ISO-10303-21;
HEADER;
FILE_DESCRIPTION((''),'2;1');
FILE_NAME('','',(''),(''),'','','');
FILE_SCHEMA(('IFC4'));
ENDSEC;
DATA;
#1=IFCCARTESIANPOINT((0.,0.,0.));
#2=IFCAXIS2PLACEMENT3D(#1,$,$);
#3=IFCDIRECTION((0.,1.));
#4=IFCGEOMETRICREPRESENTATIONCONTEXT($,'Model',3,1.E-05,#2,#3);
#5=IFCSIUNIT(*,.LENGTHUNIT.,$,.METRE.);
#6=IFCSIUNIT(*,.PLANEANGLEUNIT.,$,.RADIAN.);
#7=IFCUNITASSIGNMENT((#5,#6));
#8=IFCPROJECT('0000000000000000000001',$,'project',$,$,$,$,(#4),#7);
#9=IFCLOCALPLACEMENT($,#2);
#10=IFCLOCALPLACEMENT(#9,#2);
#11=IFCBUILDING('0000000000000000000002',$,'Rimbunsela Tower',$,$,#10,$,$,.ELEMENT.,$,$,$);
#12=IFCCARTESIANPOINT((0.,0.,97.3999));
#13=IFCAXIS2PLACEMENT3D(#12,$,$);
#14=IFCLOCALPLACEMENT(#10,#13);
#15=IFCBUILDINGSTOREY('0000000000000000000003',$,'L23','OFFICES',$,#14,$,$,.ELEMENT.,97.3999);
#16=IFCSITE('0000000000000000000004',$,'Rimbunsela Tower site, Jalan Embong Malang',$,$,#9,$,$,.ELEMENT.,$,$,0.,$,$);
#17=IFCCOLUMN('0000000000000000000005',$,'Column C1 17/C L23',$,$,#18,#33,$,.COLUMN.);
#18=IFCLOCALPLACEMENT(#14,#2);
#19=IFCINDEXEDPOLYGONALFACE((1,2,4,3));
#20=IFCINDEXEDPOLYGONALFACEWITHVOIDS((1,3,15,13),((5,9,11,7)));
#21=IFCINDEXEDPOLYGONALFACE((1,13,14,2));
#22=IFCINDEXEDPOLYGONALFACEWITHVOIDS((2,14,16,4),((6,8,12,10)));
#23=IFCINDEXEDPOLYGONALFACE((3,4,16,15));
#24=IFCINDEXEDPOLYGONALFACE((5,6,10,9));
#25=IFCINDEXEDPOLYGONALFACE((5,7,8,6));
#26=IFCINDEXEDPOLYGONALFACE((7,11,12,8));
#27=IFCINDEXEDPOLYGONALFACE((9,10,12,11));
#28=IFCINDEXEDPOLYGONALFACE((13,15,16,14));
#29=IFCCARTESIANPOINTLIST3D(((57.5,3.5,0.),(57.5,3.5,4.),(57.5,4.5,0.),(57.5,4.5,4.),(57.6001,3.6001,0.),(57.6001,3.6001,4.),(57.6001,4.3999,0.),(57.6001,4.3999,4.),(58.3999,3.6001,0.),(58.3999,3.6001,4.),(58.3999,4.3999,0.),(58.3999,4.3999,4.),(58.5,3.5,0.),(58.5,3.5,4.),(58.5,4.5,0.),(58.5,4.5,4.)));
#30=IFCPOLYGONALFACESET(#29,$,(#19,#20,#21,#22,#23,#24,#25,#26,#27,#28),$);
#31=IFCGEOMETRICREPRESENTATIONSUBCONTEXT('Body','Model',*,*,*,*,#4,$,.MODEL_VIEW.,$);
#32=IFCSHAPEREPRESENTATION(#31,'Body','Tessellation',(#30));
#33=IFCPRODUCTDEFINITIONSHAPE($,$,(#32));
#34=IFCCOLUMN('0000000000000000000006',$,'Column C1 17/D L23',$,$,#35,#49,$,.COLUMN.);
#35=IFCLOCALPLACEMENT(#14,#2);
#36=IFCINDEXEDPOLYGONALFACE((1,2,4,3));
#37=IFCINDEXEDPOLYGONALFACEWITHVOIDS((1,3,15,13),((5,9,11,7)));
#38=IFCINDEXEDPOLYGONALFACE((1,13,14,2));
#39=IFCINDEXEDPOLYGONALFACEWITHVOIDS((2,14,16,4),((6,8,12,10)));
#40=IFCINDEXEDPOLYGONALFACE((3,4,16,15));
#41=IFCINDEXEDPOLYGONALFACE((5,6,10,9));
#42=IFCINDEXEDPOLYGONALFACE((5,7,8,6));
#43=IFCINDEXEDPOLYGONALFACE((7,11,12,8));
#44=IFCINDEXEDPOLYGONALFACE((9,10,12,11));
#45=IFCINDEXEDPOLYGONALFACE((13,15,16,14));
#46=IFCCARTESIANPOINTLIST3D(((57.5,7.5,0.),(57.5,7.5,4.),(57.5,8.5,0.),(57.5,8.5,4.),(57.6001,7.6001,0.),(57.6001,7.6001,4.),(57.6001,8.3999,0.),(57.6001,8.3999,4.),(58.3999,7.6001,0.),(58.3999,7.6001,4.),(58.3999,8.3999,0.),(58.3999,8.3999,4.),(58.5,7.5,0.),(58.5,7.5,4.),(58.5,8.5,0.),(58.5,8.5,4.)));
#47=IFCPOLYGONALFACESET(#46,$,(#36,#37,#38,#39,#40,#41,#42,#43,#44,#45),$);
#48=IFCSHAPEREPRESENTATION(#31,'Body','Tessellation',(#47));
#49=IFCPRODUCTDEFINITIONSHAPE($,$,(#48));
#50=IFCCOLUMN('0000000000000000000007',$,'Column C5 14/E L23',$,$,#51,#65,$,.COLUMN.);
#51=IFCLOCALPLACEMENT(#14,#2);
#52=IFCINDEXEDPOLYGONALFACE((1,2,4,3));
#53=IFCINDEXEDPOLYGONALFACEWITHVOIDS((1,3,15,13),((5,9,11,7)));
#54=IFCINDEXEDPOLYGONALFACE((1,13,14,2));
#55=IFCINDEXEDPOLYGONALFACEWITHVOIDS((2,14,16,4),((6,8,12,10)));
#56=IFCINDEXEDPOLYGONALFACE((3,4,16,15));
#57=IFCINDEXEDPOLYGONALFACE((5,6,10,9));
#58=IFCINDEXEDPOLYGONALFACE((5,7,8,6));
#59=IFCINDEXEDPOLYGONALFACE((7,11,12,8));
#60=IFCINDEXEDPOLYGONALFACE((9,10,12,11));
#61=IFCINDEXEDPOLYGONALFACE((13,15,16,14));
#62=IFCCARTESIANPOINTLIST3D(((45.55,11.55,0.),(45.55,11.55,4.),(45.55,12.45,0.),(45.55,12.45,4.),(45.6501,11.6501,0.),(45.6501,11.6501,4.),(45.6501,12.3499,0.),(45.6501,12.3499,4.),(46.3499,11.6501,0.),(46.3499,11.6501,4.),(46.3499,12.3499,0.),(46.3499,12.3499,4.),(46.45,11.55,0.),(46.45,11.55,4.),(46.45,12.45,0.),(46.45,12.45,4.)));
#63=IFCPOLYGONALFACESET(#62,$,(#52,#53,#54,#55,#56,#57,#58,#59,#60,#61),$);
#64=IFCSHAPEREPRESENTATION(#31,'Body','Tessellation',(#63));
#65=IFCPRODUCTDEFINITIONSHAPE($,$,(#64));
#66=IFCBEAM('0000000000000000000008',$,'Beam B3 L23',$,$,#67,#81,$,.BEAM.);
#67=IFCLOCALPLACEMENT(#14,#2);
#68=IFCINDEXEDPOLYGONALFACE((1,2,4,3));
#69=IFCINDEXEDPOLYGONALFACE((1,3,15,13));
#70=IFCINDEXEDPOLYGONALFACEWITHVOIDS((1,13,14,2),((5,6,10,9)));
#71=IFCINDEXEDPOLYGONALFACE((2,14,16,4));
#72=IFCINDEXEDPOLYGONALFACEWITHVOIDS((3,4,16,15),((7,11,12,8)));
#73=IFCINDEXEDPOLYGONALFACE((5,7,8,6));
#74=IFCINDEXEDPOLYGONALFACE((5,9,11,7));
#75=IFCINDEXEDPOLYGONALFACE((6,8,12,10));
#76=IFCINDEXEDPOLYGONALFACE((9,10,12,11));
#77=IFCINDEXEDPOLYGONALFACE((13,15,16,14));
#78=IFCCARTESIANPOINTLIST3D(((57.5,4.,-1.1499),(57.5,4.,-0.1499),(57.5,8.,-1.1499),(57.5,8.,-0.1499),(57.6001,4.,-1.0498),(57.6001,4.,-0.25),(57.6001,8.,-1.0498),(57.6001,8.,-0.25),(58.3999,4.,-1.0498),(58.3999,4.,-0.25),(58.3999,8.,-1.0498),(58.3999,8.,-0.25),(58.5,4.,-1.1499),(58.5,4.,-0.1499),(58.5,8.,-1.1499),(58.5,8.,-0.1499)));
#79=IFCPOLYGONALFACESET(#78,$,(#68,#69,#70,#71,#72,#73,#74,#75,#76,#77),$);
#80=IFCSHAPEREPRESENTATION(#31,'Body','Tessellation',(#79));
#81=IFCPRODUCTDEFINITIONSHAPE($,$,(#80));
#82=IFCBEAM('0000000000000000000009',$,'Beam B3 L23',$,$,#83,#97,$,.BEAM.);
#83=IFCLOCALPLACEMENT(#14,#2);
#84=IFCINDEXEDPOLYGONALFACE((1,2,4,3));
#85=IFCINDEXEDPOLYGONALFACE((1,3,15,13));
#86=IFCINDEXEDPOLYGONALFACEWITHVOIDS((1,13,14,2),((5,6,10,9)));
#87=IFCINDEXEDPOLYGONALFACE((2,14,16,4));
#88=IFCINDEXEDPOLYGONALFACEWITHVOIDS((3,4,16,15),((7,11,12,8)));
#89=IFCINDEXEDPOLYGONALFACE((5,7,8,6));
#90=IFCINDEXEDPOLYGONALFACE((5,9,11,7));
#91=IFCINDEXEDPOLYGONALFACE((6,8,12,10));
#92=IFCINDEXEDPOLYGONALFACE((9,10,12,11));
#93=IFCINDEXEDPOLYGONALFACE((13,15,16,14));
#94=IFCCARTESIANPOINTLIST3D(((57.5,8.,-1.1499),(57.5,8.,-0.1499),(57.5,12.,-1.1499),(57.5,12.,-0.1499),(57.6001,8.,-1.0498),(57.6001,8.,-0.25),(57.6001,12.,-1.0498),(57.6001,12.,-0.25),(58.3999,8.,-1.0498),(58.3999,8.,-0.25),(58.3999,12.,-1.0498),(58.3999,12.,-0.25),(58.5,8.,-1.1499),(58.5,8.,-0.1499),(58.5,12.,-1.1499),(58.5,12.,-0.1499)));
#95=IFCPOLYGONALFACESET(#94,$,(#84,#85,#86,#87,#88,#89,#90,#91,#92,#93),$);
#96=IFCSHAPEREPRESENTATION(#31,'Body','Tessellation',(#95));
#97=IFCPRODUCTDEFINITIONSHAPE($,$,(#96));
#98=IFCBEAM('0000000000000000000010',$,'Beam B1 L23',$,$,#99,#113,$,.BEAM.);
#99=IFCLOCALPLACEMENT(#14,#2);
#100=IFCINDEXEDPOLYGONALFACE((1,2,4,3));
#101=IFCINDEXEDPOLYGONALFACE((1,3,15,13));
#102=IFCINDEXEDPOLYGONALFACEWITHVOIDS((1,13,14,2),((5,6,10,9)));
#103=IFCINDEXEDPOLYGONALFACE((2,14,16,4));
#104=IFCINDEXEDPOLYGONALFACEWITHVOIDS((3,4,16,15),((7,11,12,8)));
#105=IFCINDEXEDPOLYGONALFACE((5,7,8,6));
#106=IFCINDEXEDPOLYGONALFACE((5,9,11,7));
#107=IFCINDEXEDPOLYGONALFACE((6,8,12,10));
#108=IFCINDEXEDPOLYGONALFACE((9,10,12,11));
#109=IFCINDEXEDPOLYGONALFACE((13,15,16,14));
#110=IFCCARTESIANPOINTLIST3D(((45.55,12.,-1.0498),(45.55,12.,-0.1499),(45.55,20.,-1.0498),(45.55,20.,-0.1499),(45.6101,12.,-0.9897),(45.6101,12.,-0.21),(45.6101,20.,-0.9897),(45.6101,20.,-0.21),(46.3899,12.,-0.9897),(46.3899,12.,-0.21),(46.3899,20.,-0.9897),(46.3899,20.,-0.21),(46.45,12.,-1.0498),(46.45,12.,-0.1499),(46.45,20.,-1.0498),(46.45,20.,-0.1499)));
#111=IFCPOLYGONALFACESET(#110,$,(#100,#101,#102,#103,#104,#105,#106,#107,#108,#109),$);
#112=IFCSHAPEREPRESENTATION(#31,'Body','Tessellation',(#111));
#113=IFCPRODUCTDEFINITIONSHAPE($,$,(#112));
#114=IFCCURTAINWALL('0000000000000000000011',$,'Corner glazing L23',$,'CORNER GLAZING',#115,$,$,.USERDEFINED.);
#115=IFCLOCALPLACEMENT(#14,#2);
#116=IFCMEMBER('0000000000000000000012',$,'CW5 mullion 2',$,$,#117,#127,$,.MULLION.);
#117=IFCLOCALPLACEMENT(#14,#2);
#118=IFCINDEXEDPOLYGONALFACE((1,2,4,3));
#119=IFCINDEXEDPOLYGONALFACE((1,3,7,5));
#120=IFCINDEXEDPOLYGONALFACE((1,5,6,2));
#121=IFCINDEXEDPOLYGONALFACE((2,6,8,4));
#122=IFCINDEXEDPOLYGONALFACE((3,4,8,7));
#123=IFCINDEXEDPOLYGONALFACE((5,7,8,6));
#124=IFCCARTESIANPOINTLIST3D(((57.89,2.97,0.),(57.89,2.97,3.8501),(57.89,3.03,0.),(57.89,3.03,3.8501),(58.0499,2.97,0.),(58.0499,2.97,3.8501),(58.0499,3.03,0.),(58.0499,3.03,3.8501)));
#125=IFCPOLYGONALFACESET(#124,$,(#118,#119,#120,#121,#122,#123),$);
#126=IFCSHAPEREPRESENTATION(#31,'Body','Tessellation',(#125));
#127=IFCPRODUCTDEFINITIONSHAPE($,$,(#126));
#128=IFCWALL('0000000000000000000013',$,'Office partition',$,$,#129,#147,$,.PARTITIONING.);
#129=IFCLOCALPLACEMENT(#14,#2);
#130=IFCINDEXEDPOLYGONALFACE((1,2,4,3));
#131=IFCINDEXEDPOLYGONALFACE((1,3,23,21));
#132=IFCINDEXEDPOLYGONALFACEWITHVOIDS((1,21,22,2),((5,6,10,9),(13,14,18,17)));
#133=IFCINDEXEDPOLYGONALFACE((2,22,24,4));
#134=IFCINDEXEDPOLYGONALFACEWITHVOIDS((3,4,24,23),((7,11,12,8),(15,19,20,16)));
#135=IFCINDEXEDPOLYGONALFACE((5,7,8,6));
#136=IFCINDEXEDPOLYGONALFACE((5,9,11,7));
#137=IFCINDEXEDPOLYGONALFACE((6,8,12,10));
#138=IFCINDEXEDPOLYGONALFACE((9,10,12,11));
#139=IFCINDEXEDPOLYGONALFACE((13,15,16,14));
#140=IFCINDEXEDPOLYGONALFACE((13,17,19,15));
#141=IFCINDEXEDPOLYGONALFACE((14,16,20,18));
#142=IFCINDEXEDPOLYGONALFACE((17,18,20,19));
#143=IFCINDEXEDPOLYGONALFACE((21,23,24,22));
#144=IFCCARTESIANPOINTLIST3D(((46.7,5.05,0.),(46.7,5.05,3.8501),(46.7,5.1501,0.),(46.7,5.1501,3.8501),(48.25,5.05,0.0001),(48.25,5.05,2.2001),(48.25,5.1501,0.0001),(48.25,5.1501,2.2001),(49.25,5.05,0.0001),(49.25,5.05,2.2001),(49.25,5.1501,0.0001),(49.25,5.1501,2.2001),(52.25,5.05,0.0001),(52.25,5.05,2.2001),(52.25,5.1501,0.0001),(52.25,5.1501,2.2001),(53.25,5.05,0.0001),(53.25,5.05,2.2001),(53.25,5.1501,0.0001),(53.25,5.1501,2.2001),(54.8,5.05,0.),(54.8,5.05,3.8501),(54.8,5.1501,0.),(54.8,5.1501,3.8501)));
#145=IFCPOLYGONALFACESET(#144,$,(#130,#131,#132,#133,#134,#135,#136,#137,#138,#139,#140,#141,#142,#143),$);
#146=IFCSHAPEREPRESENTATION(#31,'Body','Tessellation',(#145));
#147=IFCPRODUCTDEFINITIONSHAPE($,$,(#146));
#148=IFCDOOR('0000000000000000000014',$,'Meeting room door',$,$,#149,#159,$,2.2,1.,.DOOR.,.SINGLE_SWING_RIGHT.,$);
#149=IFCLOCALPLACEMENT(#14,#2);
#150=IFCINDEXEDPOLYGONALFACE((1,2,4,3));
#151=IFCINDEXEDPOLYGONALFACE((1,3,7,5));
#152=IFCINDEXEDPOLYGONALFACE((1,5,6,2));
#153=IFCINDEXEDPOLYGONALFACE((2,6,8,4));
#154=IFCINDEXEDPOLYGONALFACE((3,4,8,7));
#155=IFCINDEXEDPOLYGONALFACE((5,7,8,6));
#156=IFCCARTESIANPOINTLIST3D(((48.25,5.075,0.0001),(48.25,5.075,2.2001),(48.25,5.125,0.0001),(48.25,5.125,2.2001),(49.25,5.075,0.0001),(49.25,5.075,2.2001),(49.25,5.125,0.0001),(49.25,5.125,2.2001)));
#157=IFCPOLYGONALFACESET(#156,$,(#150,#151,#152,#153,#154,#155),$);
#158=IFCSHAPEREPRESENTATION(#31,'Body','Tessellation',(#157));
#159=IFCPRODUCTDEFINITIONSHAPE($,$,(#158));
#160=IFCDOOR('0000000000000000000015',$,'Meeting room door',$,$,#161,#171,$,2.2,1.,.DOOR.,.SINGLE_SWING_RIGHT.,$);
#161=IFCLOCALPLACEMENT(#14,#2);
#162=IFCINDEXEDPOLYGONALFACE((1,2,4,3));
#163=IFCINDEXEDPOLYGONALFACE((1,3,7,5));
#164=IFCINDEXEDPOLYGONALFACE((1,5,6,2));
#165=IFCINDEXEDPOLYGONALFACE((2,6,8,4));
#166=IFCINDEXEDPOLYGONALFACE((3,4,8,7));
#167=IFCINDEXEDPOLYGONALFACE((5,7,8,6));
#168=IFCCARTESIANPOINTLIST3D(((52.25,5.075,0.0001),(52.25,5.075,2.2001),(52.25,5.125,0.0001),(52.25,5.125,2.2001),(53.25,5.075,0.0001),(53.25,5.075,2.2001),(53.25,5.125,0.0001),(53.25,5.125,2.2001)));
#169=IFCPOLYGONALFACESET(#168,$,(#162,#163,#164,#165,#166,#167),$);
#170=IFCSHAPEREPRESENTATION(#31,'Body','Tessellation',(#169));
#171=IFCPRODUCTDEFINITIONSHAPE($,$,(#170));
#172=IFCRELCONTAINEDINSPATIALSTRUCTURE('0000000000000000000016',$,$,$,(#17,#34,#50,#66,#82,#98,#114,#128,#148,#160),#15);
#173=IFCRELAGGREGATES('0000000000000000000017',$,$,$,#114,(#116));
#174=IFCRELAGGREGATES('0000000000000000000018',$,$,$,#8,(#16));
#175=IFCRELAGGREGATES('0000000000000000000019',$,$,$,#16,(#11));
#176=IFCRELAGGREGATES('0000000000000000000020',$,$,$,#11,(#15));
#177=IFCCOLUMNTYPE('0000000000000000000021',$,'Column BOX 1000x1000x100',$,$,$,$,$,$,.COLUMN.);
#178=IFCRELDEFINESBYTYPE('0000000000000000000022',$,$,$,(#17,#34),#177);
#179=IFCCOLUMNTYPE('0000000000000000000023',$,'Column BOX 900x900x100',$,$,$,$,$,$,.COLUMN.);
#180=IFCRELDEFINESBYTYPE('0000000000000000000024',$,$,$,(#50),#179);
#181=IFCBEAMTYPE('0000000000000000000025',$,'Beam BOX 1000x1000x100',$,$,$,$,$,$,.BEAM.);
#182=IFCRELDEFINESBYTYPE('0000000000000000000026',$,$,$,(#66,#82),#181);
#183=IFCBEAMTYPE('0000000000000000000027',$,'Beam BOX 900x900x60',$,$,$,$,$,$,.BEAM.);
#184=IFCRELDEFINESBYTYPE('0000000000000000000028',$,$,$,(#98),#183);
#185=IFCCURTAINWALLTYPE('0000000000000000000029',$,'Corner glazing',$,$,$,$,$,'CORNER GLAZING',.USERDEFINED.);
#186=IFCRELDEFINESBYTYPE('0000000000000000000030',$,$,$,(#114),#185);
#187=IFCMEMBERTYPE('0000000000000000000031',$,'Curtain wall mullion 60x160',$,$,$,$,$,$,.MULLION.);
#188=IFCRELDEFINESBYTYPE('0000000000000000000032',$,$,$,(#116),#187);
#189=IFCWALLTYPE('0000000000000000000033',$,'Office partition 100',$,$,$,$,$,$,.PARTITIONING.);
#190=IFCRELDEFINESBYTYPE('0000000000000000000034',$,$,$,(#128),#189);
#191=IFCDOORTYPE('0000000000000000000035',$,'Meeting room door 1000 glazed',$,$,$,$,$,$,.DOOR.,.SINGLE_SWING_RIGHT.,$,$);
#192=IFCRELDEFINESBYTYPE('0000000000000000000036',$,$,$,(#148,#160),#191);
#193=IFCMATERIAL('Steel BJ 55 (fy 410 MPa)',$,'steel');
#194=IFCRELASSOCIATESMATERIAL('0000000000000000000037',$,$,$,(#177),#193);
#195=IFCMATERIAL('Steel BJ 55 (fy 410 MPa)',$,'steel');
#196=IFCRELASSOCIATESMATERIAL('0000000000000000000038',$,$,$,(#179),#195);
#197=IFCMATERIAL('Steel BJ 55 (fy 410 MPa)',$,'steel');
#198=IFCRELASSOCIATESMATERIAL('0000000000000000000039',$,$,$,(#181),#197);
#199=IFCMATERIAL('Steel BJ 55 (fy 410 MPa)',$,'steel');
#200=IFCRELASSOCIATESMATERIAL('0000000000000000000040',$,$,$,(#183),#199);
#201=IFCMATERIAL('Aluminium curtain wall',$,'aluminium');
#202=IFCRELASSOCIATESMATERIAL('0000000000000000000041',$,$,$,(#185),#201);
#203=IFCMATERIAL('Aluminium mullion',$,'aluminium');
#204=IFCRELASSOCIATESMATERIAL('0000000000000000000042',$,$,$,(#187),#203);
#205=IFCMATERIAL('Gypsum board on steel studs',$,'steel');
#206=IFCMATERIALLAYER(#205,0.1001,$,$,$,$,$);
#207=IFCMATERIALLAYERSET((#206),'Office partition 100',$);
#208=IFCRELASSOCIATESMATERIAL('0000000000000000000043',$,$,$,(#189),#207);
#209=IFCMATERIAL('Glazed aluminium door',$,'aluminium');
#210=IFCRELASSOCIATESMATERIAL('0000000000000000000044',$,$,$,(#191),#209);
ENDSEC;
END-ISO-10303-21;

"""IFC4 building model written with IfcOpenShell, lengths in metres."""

from ifc_helpers import new_model, si_unit, direction, frame, frame_2d, origin, origin_2d, place, context, subcontext, project, spatial, rectangle, hollow_rectangle, extrude, material, layer, layer_set, material_profile, profile_set, type_object, element, fill, aggregate, save


model = new_model("IFC4")

# Units and contexts
model_context = context("Model", 3, precision=1e-05, world=origin(), true_north=direction((0.0, 1.0)))
body_context = subcontext(model_context, "Body", "Model", "MODEL_VIEW")
ifc_project = project(units=[si_unit("LENGTHUNIT", "METRE"), si_unit("PLANEANGLEUNIT", "RADIAN")], contexts=[model_context])

# Site, building, storey
site_placement = place(None, origin())
site = spatial("IfcSite", under=ifc_project, at=site_placement, Name="Rimbunsela Tower site, Jalan Embong Malang", CompositionType="ELEMENT", RefElevation=0.0)
building_placement = place(site_placement, origin())
building = spatial("IfcBuilding", under=site, at=building_placement, Name="Rimbunsela Tower", CompositionType="ELEMENT")
storey_placement = place(building_placement, frame((0.0, 0.0, 97.3999)))
storey = spatial("IfcBuildingStorey", under=building, at=storey_placement, Name="L23", Description="OFFICES", CompositionType="ELEMENT", Elevation=97.3999)

# Columns
ifc_material_1 = material(Name="Steel BJ 55 (fy 410 MPa)", Category="steel")
ifc_material_profile_1 = material_profile(ifc_material_1, hollow_rectangle(XDim=1.0, YDim=1.0, WallThickness=0.1001, at=origin_2d()), Name="BOX 1000x1000x100")
ifc_profile_set_1 = profile_set([ifc_material_profile_1], Name="Steel BJ 55 (fy 410 MPa)")
column_type_1 = type_object("IfcColumnType", Name="Column BOX 1000x1000x100", PredefinedType="COLUMN", material=ifc_profile_set_1)
for number, where, z_axis, x_axis, name in (
    (1, (58.0, 4.0, 0.0), (0.0, 0.0, 1.0), (1.0, 0.0, 0.0), "Column C1 17/C L23"),
    (2, (58.0, 8.0, 0.0), (0.0, 0.0, 1.0), (1.0, 0.0, 0.0), "Column C1 17/D L23"),
):
    element("IfcColumn", number, at=place(storey_placement, frame(where, z_axis=z_axis, x_axis=x_axis)), inside=storey, type_object=column_type_1, Name=name, PredefinedType="COLUMN", context=body_context, shape_type="SweptSolid", body=[
        extrude(hollow_rectangle(XDim=1.0, YDim=1.0, WallThickness=0.1001, at=origin_2d()), origin(), (0.0, 0.0, 1.0), 4.0),
    ])
ifc_material_2 = material(Name="Steel BJ 55 (fy 410 MPa)", Category="steel")
ifc_material_profile_2 = material_profile(ifc_material_2, hollow_rectangle(XDim=0.8999, YDim=0.8999, WallThickness=0.1001, at=origin_2d()), Name="BOX 900x900x100")
ifc_profile_set_2 = profile_set([ifc_material_profile_2], Name="Steel BJ 55 (fy 410 MPa)")
column_type_2 = type_object("IfcColumnType", Name="Column BOX 900x900x100", PredefinedType="COLUMN", material=ifc_profile_set_2)
column_placement = place(storey_placement, frame((46.0, 12.0, 0.0), z_axis=(0.0, 0.0, 1.0), x_axis=(1.0, 0.0, 0.0)))
element("IfcColumn", 3, at=column_placement, inside=storey, type_object=column_type_2, Name="Column C5 14/E L23", PredefinedType="COLUMN", context=body_context, shape_type="SweptSolid", body=[
    extrude(hollow_rectangle(XDim=0.8999, YDim=0.8999, WallThickness=0.1001, at=origin_2d()), origin(), (0.0, 0.0, 1.0), 4.0),
])

# Beams
ifc_material_3 = material(Name="Steel BJ 55 (fy 410 MPa)", Category="steel")
ifc_material_profile_3 = material_profile(ifc_material_3, hollow_rectangle(XDim=1.0, YDim=1.0, WallThickness=0.1001, at=origin_2d()), Name="BOX 1000x1000x100")
ifc_profile_set_3 = profile_set([ifc_material_profile_3], Name="Steel BJ 55 (fy 410 MPa)")
beam_type_1 = type_object("IfcBeamType", Name="Beam BOX 1000x1000x100", PredefinedType="BEAM", material=ifc_profile_set_3)
for number, where, z_axis, x_axis, name in (
    (4, (58.0, 4.0, -0.6499), (0.0, 1.0, 0.0), (-1.0, 0.0, 0.0), "Beam B3 L23"),
    (5, (58.0, 8.0, -0.6499), (0.0, 1.0, 0.0), (-1.0, 0.0, 0.0), "Beam B3 L23"),
):
    element("IfcBeam", number, at=place(storey_placement, frame(where, z_axis=z_axis, x_axis=x_axis)), inside=storey, type_object=beam_type_1, Name=name, PredefinedType="BEAM", context=body_context, shape_type="SweptSolid", body=[
        extrude(hollow_rectangle(XDim=1.0, YDim=1.0, WallThickness=0.1001, at=origin_2d()), origin(), (0.0, 0.0, 1.0), 4.0),
    ])
ifc_material_4 = material(Name="Steel BJ 55 (fy 410 MPa)", Category="steel")
ifc_material_profile_4 = material_profile(ifc_material_4, hollow_rectangle(XDim=0.8999, YDim=0.8999, WallThickness=0.0601, at=origin_2d()), Name="BOX 900x900x60")
ifc_profile_set_4 = profile_set([ifc_material_profile_4], Name="Steel BJ 55 (fy 410 MPa)")
beam_type_2 = type_object("IfcBeamType", Name="Beam BOX 900x900x60", PredefinedType="BEAM", material=ifc_profile_set_4)
beam_placement = place(storey_placement, frame((46.0, 12.0, -0.5999), z_axis=(0.0, 1.0, 0.0), x_axis=(-1.0, 0.0, 0.0)))
element("IfcBeam", 6, at=beam_placement, inside=storey, type_object=beam_type_2, Name="Beam B1 L23", PredefinedType="BEAM", context=body_context, shape_type="SweptSolid", body=[
    extrude(hollow_rectangle(XDim=0.8999, YDim=0.8999, WallThickness=0.0601, at=origin_2d()), origin(), (0.0, 0.0, 1.0), 8.0),
])

# Curtain wall, member
ifc_material_5 = material(Name="Aluminium curtain wall", Category="aluminium")
curtain_wall_type = type_object("IfcCurtainWallType", Name="Corner glazing", ElementType="CORNER GLAZING", PredefinedType="USERDEFINED", material=ifc_material_5)
curtain_wall_placement = place(storey_placement, origin())
curtain_wall = element("IfcCurtainWall", 7, at=curtain_wall_placement, inside=storey, type_object=curtain_wall_type, Name="Corner glazing L23", ObjectType="CORNER GLAZING", PredefinedType="USERDEFINED")
ifc_material_6 = material(Name="Aluminium mullion", Category="aluminium")
ifc_material_profile_5 = material_profile(ifc_material_6, rectangle(XDim=0.0601, YDim=0.1599, at=origin_2d()), Name="Mullion 60x160")
ifc_profile_set_5 = profile_set([ifc_material_profile_5], Name="Aluminium mullion")
member_type = type_object("IfcMemberType", Name="Curtain wall mullion 60x160", PredefinedType="MULLION", material=ifc_profile_set_5)
member_placement = place(storey_placement, frame((57.97, 3.0, 0.0), z_axis=(0.0, 0.0, 1.0), x_axis=(0.0, 1.0, 0.0)))
member = element("IfcMember", 8, at=member_placement, type_object=member_type, Name="CW5 mullion 2", PredefinedType="MULLION", context=body_context, shape_type="SweptSolid", body=[
    extrude(rectangle(XDim=0.0601, YDim=0.1599, at=origin_2d()), origin(), (0.0, 0.0, 1.0), 3.8501),
])
aggregate(curtain_wall, [member])

# Wall, openings, doors
ifc_material_7 = material(Name="Gypsum board on steel studs", Category="steel")
ifc_layer_1 = layer(ifc_material_7, 0.1001)
ifc_layer_set_1 = layer_set([ifc_layer_1], Name="Office partition 100")
wall_type_1 = type_object("IfcWallType", Name="Office partition 100", PredefinedType="PARTITIONING", material=ifc_layer_set_1)
wall_1_placement = place(storey_placement, frame((46.7, 5.1001, 0.0), z_axis=(0.0, 0.0, 1.0), x_axis=(1.0, 0.0, 0.0)))
wall_1 = element("IfcWall", 9, at=wall_1_placement, inside=storey, type_object=wall_type_1, Name="Office partition", PredefinedType="PARTITIONING", context=body_context, shape_type="SweptSolid", body=[
    extrude(rectangle(XDim=8.1001, YDim=0.1001, at=frame_2d((4.05, 0.0))), origin(), (0.0, 0.0, 1.0), 3.8501),
])
opening_1_placement = place(wall_1_placement, frame((1.55, 0.0, 0.0)))
opening_1 = element("IfcOpeningElement", 10, at=opening_1_placement, cuts=wall_1, PredefinedType="OPENING", context=body_context, shape_type="SweptSolid", body=[
    extrude(rectangle(XDim=1.0, YDim=2.2, at=frame_2d((0.5, 1.1001))), frame((0.0, 0.0601, 0.0), z_axis=(0.0, -1.0, 0.0), x_axis=(1.0, 0.0, 0.0)), (0.0, 0.0, 1.0), 0.1201),
])
opening_2_placement = place(wall_1_placement, frame((5.55, 0.0, 0.0)))
opening_2 = element("IfcOpeningElement", 11, at=opening_2_placement, cuts=wall_1, PredefinedType="OPENING", context=body_context, shape_type="SweptSolid", body=[
    extrude(rectangle(XDim=1.0, YDim=2.2, at=frame_2d((0.5, 1.1001))), frame((0.0, 0.0601, 0.0), z_axis=(0.0, -1.0, 0.0), x_axis=(1.0, 0.0, 0.0)), (0.0, 0.0, 1.0), 0.1201),
])
ifc_material_8 = material(Name="Glazed aluminium door", Category="aluminium")
door_type = type_object("IfcDoorType", Name="Meeting room door 1000 glazed", OperationType="SINGLE_SWING_RIGHT", PredefinedType="DOOR", material=ifc_material_8)
door_1_placement = place(opening_1_placement, origin())
door_1 = element("IfcDoor", 12, at=door_1_placement, inside=storey, type_object=door_type, Name="Meeting room door", OperationType="SINGLE_SWING_RIGHT", OverallHeight=2.2, OverallWidth=1.0, PredefinedType="DOOR", context=body_context, shape_type="SweptSolid", body=[
    extrude(rectangle(XDim=1.0, YDim=2.2, at=frame_2d((0.5, 1.1001))), frame((0.0, 0.0249, 0.0), z_axis=(0.0, -1.0, 0.0), x_axis=(1.0, 0.0, 0.0)), (0.0, 0.0, 1.0), 0.05),
])
fill(opening_1, door_1)
door_2_placement = place(opening_2_placement, origin())
door_2 = element("IfcDoor", 13, at=door_2_placement, inside=storey, type_object=door_type, Name="Meeting room door", OperationType="SINGLE_SWING_RIGHT", OverallHeight=2.2, OverallWidth=1.0, PredefinedType="DOOR", context=body_context, shape_type="SweptSolid", body=[
    extrude(rectangle(XDim=1.0, YDim=2.2, at=frame_2d((0.5, 1.1001))), frame((0.0, 0.0249, 0.0), z_axis=(0.0, -1.0, 0.0), x_axis=(1.0, 0.0, 0.0)), (0.0, 0.0, 1.0), 0.05),
])
fill(opening_2, door_2)

save(model, "model.ifc")
